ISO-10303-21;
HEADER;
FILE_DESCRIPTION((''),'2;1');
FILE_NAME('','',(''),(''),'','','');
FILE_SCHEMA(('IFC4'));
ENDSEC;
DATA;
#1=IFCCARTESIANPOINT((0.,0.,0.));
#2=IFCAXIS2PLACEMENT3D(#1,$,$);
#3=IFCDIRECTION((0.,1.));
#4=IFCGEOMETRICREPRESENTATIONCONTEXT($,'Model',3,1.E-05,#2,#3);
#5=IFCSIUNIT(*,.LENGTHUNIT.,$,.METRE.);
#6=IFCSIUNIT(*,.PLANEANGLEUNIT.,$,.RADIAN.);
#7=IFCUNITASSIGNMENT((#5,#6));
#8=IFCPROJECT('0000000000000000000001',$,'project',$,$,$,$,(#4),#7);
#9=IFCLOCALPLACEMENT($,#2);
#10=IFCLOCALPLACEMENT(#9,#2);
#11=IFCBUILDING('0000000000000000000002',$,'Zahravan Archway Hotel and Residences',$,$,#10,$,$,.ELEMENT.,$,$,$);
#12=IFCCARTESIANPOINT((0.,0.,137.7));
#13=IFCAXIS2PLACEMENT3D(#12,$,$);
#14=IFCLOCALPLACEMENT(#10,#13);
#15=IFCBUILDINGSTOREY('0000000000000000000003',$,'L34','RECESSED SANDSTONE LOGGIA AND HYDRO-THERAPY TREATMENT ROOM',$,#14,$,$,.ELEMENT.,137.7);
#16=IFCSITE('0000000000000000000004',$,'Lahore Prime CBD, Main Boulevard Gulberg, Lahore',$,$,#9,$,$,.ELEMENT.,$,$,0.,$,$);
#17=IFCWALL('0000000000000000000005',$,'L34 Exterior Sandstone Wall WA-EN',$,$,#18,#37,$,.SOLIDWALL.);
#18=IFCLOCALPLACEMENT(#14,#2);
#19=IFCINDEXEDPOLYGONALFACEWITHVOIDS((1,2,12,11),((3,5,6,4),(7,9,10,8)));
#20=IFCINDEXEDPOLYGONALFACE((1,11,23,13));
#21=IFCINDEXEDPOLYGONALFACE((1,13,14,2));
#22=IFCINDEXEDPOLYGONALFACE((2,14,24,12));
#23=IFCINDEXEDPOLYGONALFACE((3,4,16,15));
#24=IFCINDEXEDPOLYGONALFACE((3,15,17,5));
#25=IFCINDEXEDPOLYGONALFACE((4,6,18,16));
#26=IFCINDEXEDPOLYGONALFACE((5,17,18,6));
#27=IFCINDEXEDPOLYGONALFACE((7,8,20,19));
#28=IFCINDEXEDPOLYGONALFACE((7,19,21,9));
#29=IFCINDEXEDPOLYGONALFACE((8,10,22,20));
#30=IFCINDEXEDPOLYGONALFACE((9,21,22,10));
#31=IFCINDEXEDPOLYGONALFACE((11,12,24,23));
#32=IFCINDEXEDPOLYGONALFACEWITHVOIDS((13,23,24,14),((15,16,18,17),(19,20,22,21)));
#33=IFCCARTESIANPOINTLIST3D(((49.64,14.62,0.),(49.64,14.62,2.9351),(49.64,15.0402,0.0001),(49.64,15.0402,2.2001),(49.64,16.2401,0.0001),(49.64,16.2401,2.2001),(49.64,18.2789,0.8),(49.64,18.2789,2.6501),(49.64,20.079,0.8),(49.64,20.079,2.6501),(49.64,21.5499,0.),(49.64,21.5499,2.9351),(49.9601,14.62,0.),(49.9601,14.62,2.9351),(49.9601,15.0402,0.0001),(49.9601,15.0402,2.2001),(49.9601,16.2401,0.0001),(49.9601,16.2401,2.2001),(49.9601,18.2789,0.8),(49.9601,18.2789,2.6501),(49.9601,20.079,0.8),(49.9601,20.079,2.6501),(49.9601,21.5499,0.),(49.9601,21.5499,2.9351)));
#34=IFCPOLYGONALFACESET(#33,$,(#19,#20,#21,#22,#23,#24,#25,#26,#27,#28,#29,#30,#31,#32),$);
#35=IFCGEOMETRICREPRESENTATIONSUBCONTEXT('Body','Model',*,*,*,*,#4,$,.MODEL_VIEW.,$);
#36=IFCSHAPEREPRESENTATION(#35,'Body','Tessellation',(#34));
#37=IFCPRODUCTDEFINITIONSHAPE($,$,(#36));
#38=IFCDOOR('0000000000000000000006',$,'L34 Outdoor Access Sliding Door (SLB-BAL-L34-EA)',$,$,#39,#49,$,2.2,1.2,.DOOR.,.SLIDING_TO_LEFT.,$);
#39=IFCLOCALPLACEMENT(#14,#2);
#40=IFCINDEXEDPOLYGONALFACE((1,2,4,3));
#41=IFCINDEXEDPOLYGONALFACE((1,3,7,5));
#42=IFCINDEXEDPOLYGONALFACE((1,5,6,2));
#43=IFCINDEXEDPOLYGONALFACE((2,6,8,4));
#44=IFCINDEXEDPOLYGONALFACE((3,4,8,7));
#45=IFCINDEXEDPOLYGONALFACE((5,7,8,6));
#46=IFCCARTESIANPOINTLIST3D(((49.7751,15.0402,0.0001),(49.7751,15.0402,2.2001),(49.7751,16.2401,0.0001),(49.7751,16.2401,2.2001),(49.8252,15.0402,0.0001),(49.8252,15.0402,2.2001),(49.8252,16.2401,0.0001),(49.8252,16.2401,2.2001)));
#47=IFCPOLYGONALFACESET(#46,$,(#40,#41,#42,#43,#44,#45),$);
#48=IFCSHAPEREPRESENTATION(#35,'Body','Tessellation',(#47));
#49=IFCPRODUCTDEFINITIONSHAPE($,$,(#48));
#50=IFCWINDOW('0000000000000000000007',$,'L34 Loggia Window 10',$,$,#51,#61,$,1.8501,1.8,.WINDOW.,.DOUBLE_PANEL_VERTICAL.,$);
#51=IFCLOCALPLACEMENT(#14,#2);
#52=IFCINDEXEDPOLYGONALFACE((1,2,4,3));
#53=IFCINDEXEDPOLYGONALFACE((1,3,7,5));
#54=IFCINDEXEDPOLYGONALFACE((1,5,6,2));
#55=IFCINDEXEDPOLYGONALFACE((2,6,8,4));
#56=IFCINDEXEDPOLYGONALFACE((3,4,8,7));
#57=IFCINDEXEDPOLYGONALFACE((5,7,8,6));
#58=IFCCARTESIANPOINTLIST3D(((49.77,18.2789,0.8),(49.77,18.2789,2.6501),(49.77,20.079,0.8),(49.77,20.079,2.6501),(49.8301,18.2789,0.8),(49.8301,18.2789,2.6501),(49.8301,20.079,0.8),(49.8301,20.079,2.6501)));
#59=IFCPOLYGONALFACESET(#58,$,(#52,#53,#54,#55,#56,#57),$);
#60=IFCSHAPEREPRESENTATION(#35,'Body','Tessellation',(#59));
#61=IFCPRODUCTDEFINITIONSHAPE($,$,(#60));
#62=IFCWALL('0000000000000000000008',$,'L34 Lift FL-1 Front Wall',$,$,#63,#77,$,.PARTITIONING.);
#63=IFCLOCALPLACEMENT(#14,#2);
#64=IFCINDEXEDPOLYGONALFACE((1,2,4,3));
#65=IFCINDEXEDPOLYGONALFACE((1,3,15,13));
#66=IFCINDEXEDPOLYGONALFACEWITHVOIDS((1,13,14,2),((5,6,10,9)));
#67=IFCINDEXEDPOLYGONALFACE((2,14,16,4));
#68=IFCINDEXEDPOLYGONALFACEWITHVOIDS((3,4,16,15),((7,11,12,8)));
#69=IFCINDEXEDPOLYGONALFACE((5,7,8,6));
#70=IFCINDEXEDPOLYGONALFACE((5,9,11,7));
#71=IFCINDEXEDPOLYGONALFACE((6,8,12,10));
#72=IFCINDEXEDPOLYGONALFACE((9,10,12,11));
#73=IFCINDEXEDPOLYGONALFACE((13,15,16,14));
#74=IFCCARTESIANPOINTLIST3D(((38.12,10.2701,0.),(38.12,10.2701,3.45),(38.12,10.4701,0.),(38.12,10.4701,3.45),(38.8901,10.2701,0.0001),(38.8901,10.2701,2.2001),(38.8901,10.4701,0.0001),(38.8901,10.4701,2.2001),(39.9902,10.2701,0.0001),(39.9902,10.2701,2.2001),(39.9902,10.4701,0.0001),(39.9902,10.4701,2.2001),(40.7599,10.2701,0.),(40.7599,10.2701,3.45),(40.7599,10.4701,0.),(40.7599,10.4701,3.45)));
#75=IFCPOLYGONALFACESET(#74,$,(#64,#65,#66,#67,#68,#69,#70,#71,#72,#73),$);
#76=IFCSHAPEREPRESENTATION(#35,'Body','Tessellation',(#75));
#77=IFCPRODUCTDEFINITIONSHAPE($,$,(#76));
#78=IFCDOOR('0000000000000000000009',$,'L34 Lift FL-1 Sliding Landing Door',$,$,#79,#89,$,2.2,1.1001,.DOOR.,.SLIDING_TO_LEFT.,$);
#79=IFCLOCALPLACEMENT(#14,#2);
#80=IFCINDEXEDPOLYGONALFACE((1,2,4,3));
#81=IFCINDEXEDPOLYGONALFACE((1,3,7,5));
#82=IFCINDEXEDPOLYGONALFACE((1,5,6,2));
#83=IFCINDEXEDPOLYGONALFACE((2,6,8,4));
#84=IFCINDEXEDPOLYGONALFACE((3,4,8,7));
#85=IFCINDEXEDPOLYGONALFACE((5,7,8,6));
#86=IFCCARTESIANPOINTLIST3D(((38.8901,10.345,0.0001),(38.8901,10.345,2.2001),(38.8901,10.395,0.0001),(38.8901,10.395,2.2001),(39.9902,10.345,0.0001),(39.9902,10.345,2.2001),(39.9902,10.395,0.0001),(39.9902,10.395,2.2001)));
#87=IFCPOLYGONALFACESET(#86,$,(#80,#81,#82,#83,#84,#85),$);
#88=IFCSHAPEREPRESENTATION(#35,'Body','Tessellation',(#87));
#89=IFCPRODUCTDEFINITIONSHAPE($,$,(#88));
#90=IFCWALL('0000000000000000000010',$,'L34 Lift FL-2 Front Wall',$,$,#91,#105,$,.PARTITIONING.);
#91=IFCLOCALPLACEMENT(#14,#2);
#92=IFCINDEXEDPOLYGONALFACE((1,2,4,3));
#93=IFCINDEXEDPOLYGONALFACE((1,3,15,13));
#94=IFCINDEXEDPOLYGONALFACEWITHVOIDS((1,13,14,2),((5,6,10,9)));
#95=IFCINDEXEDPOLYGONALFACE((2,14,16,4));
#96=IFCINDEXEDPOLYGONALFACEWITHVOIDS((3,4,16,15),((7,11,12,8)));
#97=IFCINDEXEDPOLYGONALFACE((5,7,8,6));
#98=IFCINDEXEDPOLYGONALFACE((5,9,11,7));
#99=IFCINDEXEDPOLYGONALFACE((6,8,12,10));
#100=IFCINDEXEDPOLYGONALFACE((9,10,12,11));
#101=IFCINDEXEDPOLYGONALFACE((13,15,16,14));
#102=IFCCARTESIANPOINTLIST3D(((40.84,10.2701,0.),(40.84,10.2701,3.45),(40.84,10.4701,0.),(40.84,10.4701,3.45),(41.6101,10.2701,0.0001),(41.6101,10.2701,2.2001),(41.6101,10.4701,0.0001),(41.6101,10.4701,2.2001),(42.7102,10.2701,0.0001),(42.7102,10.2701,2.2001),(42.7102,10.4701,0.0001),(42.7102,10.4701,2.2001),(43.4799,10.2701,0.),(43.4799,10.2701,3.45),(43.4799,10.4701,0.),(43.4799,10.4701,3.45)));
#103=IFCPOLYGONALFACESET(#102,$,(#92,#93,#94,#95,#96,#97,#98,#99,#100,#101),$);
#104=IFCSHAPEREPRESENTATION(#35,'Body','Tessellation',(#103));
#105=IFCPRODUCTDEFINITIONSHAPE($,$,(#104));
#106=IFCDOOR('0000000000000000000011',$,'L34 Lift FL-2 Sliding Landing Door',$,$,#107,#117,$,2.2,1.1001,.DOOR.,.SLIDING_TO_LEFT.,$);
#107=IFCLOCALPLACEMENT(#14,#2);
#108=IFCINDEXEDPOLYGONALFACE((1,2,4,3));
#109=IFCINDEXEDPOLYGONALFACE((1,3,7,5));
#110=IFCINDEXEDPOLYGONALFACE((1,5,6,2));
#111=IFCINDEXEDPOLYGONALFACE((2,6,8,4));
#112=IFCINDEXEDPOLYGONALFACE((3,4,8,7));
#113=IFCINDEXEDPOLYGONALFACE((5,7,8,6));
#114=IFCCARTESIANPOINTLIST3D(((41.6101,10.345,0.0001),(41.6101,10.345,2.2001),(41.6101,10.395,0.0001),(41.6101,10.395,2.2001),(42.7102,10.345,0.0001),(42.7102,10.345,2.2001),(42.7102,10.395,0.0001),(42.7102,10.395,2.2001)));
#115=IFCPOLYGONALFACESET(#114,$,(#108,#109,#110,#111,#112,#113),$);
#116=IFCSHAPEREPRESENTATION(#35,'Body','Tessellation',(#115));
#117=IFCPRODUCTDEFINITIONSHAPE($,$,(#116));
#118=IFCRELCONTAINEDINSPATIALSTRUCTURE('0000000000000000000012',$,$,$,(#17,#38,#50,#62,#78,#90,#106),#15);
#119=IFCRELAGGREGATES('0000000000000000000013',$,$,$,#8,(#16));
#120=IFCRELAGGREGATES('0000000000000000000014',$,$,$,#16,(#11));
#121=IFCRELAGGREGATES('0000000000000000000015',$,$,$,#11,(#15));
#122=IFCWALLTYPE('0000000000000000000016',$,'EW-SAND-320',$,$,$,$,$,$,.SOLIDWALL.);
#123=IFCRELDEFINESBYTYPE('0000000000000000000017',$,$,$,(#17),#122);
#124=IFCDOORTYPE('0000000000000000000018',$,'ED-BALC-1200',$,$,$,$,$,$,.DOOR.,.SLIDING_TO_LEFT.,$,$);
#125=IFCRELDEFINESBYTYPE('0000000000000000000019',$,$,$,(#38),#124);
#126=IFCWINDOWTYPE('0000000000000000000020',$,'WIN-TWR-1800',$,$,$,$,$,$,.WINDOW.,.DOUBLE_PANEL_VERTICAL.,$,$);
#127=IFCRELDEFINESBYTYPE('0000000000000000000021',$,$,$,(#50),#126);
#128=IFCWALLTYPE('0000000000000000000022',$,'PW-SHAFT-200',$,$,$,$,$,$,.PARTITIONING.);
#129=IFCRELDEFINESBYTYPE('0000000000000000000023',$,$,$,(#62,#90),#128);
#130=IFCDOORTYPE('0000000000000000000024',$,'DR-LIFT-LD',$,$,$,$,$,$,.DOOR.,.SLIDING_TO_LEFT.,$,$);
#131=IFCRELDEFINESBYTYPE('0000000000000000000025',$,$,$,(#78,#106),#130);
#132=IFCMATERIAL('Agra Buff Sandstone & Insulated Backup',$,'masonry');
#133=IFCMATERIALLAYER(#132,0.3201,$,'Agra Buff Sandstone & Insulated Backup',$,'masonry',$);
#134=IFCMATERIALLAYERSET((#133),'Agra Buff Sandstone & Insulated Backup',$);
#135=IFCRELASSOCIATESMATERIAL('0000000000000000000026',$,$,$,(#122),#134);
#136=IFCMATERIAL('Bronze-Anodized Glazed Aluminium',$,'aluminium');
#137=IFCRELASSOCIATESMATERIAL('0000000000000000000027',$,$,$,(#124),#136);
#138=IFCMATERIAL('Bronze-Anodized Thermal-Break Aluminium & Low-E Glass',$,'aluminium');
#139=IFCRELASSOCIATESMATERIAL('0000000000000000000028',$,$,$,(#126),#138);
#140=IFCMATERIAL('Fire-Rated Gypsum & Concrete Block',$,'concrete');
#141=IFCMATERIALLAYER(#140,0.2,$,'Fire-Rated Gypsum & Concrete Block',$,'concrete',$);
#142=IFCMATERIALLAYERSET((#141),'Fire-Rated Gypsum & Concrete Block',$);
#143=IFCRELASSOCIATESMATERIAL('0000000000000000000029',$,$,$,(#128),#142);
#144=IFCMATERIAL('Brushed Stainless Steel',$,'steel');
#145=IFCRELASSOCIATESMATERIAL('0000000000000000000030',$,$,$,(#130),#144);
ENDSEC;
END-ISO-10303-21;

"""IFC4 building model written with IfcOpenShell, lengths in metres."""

from ifc_helpers import new_model, si_unit, direction, frame, frame_2d, origin, place, context, subcontext, project, spatial, rectangle, extrude, source, transform, mapped, material, layer, layer_set, type_object, type_shapes, element, fill, save


model = new_model("IFC4")

# Units and contexts
model_context = context("Model", 3, precision=1e-05, world=origin(), true_north=direction((0.0, 1.0)))
body_context = subcontext(model_context, "Body", "Model", "MODEL_VIEW")
ifc_project = project(units=[si_unit("LENGTHUNIT", "METRE"), si_unit("PLANEANGLEUNIT", "RADIAN")], contexts=[model_context])

# Site, building, storey
site_placement = place(None, origin())
site = spatial("IfcSite", under=ifc_project, at=site_placement, Name="Lahore Prime CBD, Main Boulevard Gulberg, Lahore", CompositionType="ELEMENT", RefElevation=0.0)
building_placement = place(site_placement, origin())
building = spatial("IfcBuilding", under=site, at=building_placement, Name="Zahravan Archway Hotel and Residences", CompositionType="ELEMENT")
storey_placement = place(building_placement, frame((0.0, 0.0, 137.7)))
storey = spatial("IfcBuildingStorey", under=building, at=storey_placement, Name="L34", Description="RECESSED SANDSTONE LOGGIA AND HYDRO-THERAPY TREATMENT ROOM", CompositionType="ELEMENT", Elevation=137.7)

# Wall, openings, door, window
ifc_material_1 = material(Name="Agra Buff Sandstone & Insulated Backup", Category="masonry")
ifc_layer_1 = layer(ifc_material_1, 0.3201, Name="Agra Buff Sandstone & Insulated Backup", Category="masonry")
ifc_layer_set_1 = layer_set([ifc_layer_1], Name="Agra Buff Sandstone & Insulated Backup")
wall_type_1 = type_object("IfcWallType", Name="EW-SAND-320", PredefinedType="SOLIDWALL", material=ifc_layer_set_1)
wall_1_placement = place(storey_placement, frame((49.8, 14.6201, 0.0), z_axis=(0.0, 0.0, 1.0), x_axis=(0.0, 1.0, 0.0)))
wall_1 = element("IfcWall", 1, at=wall_1_placement, inside=storey, type_object=wall_type_1, Name="L34 Exterior Sandstone Wall WA-EN", PredefinedType="SOLIDWALL", context=body_context, shape_type="SweptSolid", body=[
    extrude(rectangle(XDim=6.9299, YDim=0.3201, at=frame_2d((3.4648, 0.0))), origin(), (0.0, 0.0, 1.0), 2.9351),
])
opening_1_placement = place(wall_1_placement, frame((0.4199, 0.0, 0.0)))
opening_1 = element("IfcOpeningElement", 2, at=opening_1_placement, cuts=wall_1, PredefinedType="OPENING", context=body_context, shape_type="SweptSolid", body=[
    extrude(rectangle(XDim=1.2, YDim=2.2, at=frame_2d((0.6001, 1.1001))), frame((0.0, 0.1699, 0.0), z_axis=(0.0, -1.0, 0.0), x_axis=(1.0, 0.0, 0.0)), (0.0, 0.0, 1.0), 0.3401),
])
opening_2_placement = place(wall_1_placement, frame((3.6589, 0.0, 0.8)))
opening_2 = element("IfcOpeningElement", 3, at=opening_2_placement, cuts=wall_1, PredefinedType="OPENING", context=body_context, shape_type="SweptSolid", body=[
    extrude(rectangle(XDim=1.8, YDim=1.8501, at=frame_2d((0.8999, 0.925))), frame((0.0, 0.1699, 0.0), z_axis=(0.0, -1.0, 0.0), x_axis=(1.0, 0.0, 0.0)), (0.0, 0.0, 1.0), 0.3401),
])
ifc_material_2 = material(Name="Bronze-Anodized Glazed Aluminium", Category="aluminium")
door_type_1 = type_object("IfcDoorType", Name="ED-BALC-1200", OperationType="SLIDING_TO_LEFT", PredefinedType="DOOR", material=ifc_material_2)
shared_shape_1 = source(origin(), body_context, "Body", "SweptSolid", [
    extrude(rectangle(XDim=1.2, YDim=2.2, at=frame_2d((0.6001, 1.1001))), frame((0.0, 0.0249, 0.0), z_axis=(0.0, -1.0, 0.0), x_axis=(1.0, 0.0, 0.0)), (0.0, 0.0, 1.0), 0.05),
])
type_shapes(door_type_1, [shared_shape_1])
door_1_placement = place(opening_1_placement, origin())
door_1 = element("IfcDoor", 4, at=door_1_placement, inside=storey, type_object=door_type_1, Name="L34 Outdoor Access Sliding Door (SLB-BAL-L34-EA)", OperationType="SLIDING_TO_LEFT", OverallHeight=2.2, OverallWidth=1.2, PredefinedType="DOOR", context=body_context, shape_type="MappedRepresentation", body=[
    mapped(shared_shape_1, transform((0.0, 0.0, 0.0), scale=1.0)),
])
fill(opening_1, door_1)
ifc_material_3 = material(Name="Bronze-Anodized Thermal-Break Aluminium & Low-E Glass", Category="aluminium")
window_type = type_object("IfcWindowType", Name="WIN-TWR-1800", PartitioningType="DOUBLE_PANEL_VERTICAL", PredefinedType="WINDOW", material=ifc_material_3)
shared_shape_2 = source(origin(), body_context, "Body", "SweptSolid", [
    extrude(rectangle(XDim=1.8, YDim=1.8501, at=frame_2d((0.8999, 0.925))), frame((0.0, 0.03, 0.0), z_axis=(0.0, -1.0, 0.0), x_axis=(1.0, 0.0, 0.0)), (0.0, 0.0, 1.0), 0.0601),
])
type_shapes(window_type, [shared_shape_2])
window_placement = place(opening_2_placement, origin())
window = element("IfcWindow", 5, at=window_placement, inside=storey, type_object=window_type, Name="L34 Loggia Window 10", OverallHeight=1.8501, OverallWidth=1.8, PartitioningType="DOUBLE_PANEL_VERTICAL", PredefinedType="WINDOW", context=body_context, shape_type="MappedRepresentation", body=[
    mapped(shared_shape_2, transform((0.0, 0.0, 0.0), scale=1.0)),
])
fill(opening_2, window)

# Walls, openings, doors
ifc_material_4 = material(Name="Fire-Rated Gypsum & Concrete Block", Category="concrete")
ifc_layer_2 = layer(ifc_material_4, 0.2, Name="Fire-Rated Gypsum & Concrete Block", Category="concrete")
ifc_layer_set_2 = layer_set([ifc_layer_2], Name="Fire-Rated Gypsum & Concrete Block")
wall_type_2 = type_object("IfcWallType", Name="PW-SHAFT-200", PredefinedType="PARTITIONING", material=ifc_layer_set_2)
wall_2_placement = place(storey_placement, frame((38.1201, 10.3701, 0.0), z_axis=(0.0, 0.0, 1.0), x_axis=(1.0, 0.0, 0.0)))
wall_2 = element("IfcWall", 6, at=wall_2_placement, inside=storey, type_object=wall_type_2, Name="L34 Lift FL-1 Front Wall", PredefinedType="PARTITIONING", context=body_context, shape_type="SweptSolid", body=[
    extrude(rectangle(XDim=2.6399, YDim=0.2, at=frame_2d((1.3198, 0.0))), origin(), (0.0, 0.0, 1.0), 3.45),
])
opening_3_placement = place(wall_2_placement, frame((0.77, 0.0, 0.0)))
opening_3 = element("IfcOpeningElement", 7, at=opening_3_placement, cuts=wall_2, PredefinedType="OPENING", context=body_context, shape_type="SweptSolid", body=[
    extrude(rectangle(XDim=1.1001, YDim=2.2, at=frame_2d((0.55, 1.1001))), frame((0.0, 0.1099, 0.0), z_axis=(0.0, -1.0, 0.0), x_axis=(1.0, 0.0, 0.0)), (0.0, 0.0, 1.0), 0.22),
])
ifc_material_5 = material(Name="Brushed Stainless Steel", Category="steel")
door_type_2 = type_object("IfcDoorType", Name="DR-LIFT-LD", OperationType="SLIDING_TO_LEFT", PredefinedType="DOOR", material=ifc_material_5)
shared_shape_3 = source(origin(), body_context, "Body", "SweptSolid", [
    extrude(rectangle(XDim=1.1001, YDim=2.2, at=frame_2d((0.55, 1.1001))), frame((0.0, 0.0249, 0.0), z_axis=(0.0, -1.0, 0.0), x_axis=(1.0, 0.0, 0.0)), (0.0, 0.0, 1.0), 0.05),
])
type_shapes(door_type_2, [shared_shape_3])
door_2_placement = place(opening_3_placement, origin())
door_2 = element("IfcDoor", 8, at=door_2_placement, inside=storey, type_object=door_type_2, Name="L34 Lift FL-1 Sliding Landing Door", OperationType="SLIDING_TO_LEFT", OverallHeight=2.2, OverallWidth=1.1001, PredefinedType="DOOR", context=body_context, shape_type="MappedRepresentation", body=[
    mapped(shared_shape_3, transform((0.0, 0.0, 0.0), scale=1.0)),
])
fill(opening_3, door_2)
wall_3_placement = place(storey_placement, frame((40.8401, 10.3701, 0.0), z_axis=(0.0, 0.0, 1.0), x_axis=(1.0, 0.0, 0.0)))
wall_3 = element("IfcWall", 9, at=wall_3_placement, inside=storey, type_object=wall_type_2, Name="L34 Lift FL-2 Front Wall", PredefinedType="PARTITIONING", context=body_context, shape_type="SweptSolid", body=[
    extrude(rectangle(XDim=2.6399, YDim=0.2, at=frame_2d((1.3198, 0.0))), origin(), (0.0, 0.0, 1.0), 3.45),
])
opening_4_placement = place(wall_3_placement, frame((0.77, 0.0, 0.0)))
opening_4 = element("IfcOpeningElement", 10, at=opening_4_placement, cuts=wall_3, PredefinedType="OPENING", context=body_context, shape_type="SweptSolid", body=[
    extrude(rectangle(XDim=1.1001, YDim=2.2, at=frame_2d((0.55, 1.1001))), frame((0.0, 0.1099, 0.0), z_axis=(0.0, -1.0, 0.0), x_axis=(1.0, 0.0, 0.0)), (0.0, 0.0, 1.0), 0.22),
])
door_3_placement = place(opening_4_placement, origin())
door_3 = element("IfcDoor", 11, at=door_3_placement, inside=storey, type_object=door_type_2, Name="L34 Lift FL-2 Sliding Landing Door", OperationType="SLIDING_TO_LEFT", OverallHeight=2.2, OverallWidth=1.1001, PredefinedType="DOOR", context=body_context, shape_type="MappedRepresentation", body=[
    mapped(shared_shape_3, transform((0.0, 0.0, 0.0), scale=1.0)),
])
fill(opening_4, door_3)

save(model, "model.ifc")
